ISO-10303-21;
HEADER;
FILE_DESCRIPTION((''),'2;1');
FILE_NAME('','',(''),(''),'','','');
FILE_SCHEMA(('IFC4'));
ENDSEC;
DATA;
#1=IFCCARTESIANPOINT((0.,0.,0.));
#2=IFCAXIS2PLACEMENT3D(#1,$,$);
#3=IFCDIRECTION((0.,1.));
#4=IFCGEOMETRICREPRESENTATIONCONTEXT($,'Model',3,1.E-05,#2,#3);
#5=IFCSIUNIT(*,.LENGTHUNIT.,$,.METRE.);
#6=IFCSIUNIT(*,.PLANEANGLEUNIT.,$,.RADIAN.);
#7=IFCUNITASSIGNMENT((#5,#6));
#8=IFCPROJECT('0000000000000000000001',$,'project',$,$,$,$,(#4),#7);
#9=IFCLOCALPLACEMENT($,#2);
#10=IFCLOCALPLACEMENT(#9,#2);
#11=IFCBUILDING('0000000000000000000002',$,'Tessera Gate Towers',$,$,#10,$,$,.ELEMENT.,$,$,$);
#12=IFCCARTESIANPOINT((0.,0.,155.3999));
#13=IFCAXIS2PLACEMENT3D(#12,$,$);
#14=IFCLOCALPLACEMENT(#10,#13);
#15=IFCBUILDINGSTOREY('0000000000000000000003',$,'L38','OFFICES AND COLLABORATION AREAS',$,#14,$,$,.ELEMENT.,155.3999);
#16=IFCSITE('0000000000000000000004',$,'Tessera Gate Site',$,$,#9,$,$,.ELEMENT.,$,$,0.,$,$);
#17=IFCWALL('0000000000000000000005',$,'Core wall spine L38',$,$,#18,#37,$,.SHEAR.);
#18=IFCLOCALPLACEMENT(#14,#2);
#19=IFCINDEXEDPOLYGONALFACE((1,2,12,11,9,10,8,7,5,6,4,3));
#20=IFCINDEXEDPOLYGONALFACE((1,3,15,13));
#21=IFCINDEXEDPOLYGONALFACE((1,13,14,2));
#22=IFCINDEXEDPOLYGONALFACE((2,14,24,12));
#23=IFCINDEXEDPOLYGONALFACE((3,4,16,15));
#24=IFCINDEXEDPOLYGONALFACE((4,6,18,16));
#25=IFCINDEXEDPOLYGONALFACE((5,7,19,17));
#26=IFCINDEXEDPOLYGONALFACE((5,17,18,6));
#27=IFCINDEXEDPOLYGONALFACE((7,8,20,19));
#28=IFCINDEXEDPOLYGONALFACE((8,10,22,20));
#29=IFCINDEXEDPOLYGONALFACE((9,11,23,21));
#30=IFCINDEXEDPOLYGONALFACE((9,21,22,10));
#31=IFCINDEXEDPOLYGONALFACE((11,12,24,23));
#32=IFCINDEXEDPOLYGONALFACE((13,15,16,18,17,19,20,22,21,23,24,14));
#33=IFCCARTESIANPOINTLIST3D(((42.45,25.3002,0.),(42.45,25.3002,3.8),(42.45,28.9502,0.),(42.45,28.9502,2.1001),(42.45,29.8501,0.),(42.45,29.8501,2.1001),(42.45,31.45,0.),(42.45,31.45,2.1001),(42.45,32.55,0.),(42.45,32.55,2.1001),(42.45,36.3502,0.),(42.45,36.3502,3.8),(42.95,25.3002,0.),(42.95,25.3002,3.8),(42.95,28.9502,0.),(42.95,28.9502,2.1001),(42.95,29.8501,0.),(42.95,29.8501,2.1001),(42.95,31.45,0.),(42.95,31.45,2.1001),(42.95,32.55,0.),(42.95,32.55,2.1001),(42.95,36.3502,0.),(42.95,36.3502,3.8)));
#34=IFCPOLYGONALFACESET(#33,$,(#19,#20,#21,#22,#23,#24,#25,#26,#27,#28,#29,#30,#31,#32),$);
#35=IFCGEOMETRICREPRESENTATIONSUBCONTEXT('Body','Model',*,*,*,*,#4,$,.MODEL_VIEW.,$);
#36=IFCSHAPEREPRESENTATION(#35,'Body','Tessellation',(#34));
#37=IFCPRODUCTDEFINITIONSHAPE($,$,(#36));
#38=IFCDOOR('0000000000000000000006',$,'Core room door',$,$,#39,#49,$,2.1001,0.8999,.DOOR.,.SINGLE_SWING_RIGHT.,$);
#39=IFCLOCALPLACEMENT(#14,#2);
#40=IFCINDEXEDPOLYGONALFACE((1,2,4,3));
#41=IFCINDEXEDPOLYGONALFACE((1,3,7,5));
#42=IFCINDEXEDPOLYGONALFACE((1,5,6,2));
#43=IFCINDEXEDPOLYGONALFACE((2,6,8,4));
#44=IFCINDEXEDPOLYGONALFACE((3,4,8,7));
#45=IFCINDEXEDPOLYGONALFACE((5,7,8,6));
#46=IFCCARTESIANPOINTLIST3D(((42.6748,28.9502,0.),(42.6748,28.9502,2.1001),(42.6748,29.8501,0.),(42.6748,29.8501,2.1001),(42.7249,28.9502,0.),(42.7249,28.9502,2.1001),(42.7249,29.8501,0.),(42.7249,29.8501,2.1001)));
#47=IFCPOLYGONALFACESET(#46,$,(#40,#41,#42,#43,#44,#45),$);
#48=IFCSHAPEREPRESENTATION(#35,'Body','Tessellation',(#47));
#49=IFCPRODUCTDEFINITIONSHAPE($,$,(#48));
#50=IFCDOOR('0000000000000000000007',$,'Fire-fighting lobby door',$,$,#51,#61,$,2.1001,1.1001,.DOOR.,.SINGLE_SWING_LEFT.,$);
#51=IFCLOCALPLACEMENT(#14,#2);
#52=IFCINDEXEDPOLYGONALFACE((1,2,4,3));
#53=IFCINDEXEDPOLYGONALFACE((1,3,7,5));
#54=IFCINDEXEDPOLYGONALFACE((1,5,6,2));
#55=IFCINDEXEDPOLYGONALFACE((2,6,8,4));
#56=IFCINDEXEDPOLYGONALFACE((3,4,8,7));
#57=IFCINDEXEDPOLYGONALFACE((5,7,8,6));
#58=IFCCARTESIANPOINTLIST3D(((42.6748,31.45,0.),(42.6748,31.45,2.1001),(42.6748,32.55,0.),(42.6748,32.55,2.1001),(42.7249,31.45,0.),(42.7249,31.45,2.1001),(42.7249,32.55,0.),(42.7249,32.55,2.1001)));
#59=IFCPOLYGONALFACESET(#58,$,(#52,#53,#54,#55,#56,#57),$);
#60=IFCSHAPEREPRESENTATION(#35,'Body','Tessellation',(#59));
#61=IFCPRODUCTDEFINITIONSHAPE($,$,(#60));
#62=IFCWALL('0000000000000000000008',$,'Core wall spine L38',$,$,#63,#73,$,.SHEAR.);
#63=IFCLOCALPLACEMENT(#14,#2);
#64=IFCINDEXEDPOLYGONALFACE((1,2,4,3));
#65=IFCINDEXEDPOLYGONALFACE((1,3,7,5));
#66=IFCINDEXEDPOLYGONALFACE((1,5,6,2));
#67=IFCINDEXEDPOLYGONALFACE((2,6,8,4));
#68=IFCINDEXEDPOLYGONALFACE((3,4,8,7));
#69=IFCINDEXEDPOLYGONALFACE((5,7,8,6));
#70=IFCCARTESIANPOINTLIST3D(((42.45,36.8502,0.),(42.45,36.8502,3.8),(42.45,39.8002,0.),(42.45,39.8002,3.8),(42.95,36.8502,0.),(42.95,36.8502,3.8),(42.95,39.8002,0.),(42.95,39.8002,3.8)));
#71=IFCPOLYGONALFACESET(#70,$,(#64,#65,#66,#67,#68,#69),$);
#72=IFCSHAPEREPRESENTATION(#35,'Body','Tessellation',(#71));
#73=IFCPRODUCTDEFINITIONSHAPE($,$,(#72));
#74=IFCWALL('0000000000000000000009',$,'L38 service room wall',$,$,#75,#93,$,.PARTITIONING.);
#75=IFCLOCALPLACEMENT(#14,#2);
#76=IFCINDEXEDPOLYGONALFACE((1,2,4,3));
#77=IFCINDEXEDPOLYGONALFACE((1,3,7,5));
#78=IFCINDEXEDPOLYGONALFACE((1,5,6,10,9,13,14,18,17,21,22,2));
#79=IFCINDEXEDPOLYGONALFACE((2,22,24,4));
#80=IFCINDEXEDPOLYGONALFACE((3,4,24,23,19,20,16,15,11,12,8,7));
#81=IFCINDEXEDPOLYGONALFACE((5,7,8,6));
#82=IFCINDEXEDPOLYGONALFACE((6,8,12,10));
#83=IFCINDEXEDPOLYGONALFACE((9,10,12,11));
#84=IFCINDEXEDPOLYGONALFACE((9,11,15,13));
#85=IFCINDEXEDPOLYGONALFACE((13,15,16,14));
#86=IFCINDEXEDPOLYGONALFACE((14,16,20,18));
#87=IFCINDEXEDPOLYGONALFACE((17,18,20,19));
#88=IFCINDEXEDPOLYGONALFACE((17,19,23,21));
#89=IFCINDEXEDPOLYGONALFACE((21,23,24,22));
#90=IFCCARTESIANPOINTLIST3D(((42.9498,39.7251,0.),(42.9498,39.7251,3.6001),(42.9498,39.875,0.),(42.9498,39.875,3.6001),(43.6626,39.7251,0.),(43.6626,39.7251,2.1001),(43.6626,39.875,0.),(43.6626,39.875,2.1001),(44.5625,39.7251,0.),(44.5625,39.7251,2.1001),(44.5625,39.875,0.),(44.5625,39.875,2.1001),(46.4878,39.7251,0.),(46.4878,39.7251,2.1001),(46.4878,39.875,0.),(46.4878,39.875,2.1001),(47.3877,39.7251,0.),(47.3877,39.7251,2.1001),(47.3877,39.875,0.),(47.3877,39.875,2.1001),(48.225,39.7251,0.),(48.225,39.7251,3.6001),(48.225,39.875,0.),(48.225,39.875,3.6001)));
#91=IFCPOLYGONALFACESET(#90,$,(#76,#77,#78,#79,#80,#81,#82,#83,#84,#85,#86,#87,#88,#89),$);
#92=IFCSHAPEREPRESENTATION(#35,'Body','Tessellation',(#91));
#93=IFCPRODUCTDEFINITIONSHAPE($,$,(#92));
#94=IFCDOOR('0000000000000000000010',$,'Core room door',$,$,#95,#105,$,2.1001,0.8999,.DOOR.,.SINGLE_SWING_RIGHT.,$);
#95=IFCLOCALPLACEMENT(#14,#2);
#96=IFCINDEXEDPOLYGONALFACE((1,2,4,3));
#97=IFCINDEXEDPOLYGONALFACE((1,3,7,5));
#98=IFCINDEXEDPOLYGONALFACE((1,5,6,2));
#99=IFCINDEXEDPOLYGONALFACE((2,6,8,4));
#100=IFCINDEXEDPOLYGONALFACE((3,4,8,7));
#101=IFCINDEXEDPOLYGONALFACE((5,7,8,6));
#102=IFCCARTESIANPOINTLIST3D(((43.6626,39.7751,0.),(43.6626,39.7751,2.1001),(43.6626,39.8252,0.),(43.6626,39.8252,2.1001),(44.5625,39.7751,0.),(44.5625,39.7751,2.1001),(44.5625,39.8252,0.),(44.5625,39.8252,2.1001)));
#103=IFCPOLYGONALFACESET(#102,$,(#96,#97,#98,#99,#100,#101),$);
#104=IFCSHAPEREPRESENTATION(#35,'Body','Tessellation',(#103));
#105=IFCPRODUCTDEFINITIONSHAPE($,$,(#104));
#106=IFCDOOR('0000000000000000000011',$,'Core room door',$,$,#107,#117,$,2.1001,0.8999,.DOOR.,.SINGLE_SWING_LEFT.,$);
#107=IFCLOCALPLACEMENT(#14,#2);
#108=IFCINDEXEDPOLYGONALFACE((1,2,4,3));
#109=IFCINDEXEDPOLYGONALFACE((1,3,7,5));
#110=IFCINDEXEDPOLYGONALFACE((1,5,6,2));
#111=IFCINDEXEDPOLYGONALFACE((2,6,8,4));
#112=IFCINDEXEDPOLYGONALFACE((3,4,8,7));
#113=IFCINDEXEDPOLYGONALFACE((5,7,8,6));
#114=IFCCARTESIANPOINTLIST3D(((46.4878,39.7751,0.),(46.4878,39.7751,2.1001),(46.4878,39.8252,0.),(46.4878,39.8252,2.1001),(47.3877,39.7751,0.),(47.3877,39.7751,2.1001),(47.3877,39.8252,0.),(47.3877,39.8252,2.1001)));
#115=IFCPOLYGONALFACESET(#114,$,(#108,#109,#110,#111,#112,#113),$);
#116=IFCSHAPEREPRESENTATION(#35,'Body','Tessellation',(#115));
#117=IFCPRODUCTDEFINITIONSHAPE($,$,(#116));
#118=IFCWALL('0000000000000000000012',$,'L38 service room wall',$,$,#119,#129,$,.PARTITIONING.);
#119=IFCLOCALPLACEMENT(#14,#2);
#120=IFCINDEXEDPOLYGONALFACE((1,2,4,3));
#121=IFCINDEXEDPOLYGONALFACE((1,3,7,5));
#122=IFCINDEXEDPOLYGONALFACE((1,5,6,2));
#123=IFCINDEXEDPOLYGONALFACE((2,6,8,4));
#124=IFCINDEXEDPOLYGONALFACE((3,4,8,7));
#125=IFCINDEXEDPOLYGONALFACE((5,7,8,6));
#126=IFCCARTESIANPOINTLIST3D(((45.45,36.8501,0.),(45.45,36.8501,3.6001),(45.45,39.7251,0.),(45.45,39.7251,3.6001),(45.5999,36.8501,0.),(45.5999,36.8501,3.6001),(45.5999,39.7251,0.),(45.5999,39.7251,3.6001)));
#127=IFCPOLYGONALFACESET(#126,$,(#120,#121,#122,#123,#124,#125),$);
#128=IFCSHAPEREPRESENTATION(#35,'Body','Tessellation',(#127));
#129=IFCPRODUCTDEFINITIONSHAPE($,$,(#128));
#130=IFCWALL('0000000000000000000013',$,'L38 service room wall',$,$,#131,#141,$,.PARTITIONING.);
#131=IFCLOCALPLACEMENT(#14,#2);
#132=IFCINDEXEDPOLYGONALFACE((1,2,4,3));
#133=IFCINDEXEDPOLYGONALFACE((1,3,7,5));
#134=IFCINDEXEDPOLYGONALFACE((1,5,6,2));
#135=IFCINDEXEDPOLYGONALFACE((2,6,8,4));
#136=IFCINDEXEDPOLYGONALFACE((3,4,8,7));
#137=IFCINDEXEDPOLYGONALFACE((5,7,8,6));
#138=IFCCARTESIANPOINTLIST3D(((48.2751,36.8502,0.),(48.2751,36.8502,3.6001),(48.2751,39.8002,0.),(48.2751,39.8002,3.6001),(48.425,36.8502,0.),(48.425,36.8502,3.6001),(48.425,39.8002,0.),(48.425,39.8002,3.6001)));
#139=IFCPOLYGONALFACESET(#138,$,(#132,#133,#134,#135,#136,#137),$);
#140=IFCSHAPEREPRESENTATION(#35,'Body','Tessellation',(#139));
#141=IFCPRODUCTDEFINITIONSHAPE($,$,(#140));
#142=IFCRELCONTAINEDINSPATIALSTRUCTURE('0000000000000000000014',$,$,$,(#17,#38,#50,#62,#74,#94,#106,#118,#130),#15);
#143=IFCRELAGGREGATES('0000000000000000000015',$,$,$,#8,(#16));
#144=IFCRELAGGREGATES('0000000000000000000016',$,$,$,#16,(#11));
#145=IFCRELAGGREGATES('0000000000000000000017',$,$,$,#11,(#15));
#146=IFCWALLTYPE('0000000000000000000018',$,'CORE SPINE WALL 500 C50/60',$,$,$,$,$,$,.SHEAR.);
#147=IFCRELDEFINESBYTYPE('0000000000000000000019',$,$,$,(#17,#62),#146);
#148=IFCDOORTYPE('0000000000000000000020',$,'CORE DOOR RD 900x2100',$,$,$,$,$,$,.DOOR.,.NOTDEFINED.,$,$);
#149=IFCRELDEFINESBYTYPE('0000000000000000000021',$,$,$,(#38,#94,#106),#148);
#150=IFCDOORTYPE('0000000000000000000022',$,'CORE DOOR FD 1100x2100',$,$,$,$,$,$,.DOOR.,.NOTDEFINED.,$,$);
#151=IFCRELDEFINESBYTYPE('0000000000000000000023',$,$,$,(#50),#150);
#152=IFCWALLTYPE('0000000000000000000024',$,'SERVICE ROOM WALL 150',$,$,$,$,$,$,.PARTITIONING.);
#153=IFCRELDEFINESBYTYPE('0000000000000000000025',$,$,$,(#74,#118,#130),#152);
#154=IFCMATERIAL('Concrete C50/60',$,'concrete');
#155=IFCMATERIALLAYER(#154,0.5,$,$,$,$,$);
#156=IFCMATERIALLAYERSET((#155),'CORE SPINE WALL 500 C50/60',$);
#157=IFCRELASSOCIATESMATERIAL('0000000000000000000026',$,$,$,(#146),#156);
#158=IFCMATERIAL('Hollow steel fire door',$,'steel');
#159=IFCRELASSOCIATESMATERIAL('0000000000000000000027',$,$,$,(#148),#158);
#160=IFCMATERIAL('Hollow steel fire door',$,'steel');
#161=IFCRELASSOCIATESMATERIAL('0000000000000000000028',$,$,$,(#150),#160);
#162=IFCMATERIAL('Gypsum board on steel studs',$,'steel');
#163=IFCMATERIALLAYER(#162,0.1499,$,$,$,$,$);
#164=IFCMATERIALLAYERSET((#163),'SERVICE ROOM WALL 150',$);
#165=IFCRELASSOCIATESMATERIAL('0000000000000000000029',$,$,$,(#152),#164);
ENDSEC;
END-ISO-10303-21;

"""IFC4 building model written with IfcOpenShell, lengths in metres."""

from ifc_helpers import new_model, si_unit, direction, frame, frame_2d, origin, place, context, subcontext, project, spatial, rectangle, extrude, source, transform, mapped, material, layer, layer_set, type_object, element, fill, save


model = new_model("IFC4")

# Units and contexts
model_context = context("Model", 3, precision=1e-05, world=origin(), true_north=direction((0.0, 1.0)))
body_context = subcontext(model_context, "Body", "Model", "MODEL_VIEW")
ifc_project = project(units=[si_unit("LENGTHUNIT", "METRE"), si_unit("PLANEANGLEUNIT", "RADIAN")], contexts=[model_context])

# Site, building, storey
site_placement = place(None, origin())
site = spatial("IfcSite", under=ifc_project, at=site_placement, Name="Tessera Gate Site", CompositionType="ELEMENT", RefElevation=0.0)
building_placement = place(site_placement, origin())
building = spatial("IfcBuilding", under=site, at=building_placement, Name="Tessera Gate Towers", CompositionType="ELEMENT")
storey_placement = place(building_placement, frame((0.0, 0.0, 155.3999)))
storey = spatial("IfcBuildingStorey", under=building, at=storey_placement, Name="L38", Description="OFFICES AND COLLABORATION AREAS", CompositionType="ELEMENT", Elevation=155.3999)

# Wall, openings, doors
ifc_material_1 = material(Name="Concrete C50/60", Category="concrete")
ifc_layer_1 = layer(ifc_material_1, 0.5)
ifc_layer_set_1 = layer_set([ifc_layer_1], Name="CORE SPINE WALL 500 C50/60")
wall_type_1 = type_object("IfcWallType", Name="CORE SPINE WALL 500 C50/60", PredefinedType="SHEAR", material=ifc_layer_set_1)
wall_1_placement = place(storey_placement, frame((42.7, 36.3501, 0.0), z_axis=(0.0, 0.0, 1.0), x_axis=(0.0, -1.0, 0.0)))
wall_1 = element("IfcWall", 1, at=wall_1_placement, inside=storey, type_object=wall_type_1, Name="Core wall spine L38", PredefinedType="SHEAR", context=body_context, shape_type="SweptSolid", body=[
    extrude(rectangle(XDim=11.05, YDim=0.5, at=frame_2d((5.5249, 0.0))), origin(), (0.0, 0.0, 1.0), 3.8),
])
shared_shape_1 = source(origin(), body_context, "Body", "SweptSolid", [
    extrude(rectangle(XDim=0.8999, YDim=2.1001, at=frame_2d((0.45, 1.05))), frame((0.0, 0.26, 0.0), z_axis=(0.0, -1.0, 0.0), x_axis=(1.0, 0.0, 0.0)), (0.0, 0.0, 1.0), 0.52),
])
opening_1_placement = place(wall_1_placement, frame((6.5, 0.0, 0.0)))
opening_1 = element("IfcOpeningElement", 2, at=opening_1_placement, cuts=wall_1, PredefinedType="OPENING", context=body_context, shape_type="MappedRepresentation", body=[
    mapped(shared_shape_1, transform((0.0, 0.0, 0.0), scale=1.0)),
])
shared_shape_2 = source(origin(), body_context, "Body", "SweptSolid", [
    extrude(rectangle(XDim=1.1001, YDim=2.1001, at=frame_2d((0.55, 1.05))), frame((0.0, 0.26, 0.0), z_axis=(0.0, -1.0, 0.0), x_axis=(1.0, 0.0, 0.0)), (0.0, 0.0, 1.0), 0.52),
])
opening_2_placement = place(wall_1_placement, frame((3.8, 0.0, 0.0)))
opening_2 = element("IfcOpeningElement", 3, at=opening_2_placement, cuts=wall_1, PredefinedType="OPENING", context=body_context, shape_type="MappedRepresentation", body=[
    mapped(shared_shape_2, transform((0.0, 0.0, 0.0), scale=1.0)),
])
ifc_material_2 = material(Name="Hollow steel fire door", Category="steel")
door_type_1 = type_object("IfcDoorType", Name="CORE DOOR RD 900x2100", OperationType="NOTDEFINED", PredefinedType="DOOR", material=ifc_material_2)
shared_shape_3 = source(origin(), body_context, "Body", "SweptSolid", [
    extrude(rectangle(XDim=0.8999, YDim=2.1001, at=frame_2d((0.45, 1.05))), frame((0.0, 0.0249, 0.0), z_axis=(0.0, -1.0, 0.0), x_axis=(1.0, 0.0, 0.0)), (0.0, 0.0, 1.0), 0.05),
])
door_1_placement = place(opening_1_placement, origin())
door_1 = element("IfcDoor", 4, at=door_1_placement, inside=storey, type_object=door_type_1, Name="Core room door", OperationType="SINGLE_SWING_RIGHT", OverallHeight=2.1001, OverallWidth=0.8999, PredefinedType="DOOR", context=body_context, shape_type="MappedRepresentation", body=[
    mapped(shared_shape_3, transform((0.0, 0.0, 0.0), scale=1.0)),
])
fill(opening_1, door_1)
ifc_material_3 = material(Name="Hollow steel fire door", Category="steel")
door_type_2 = type_object("IfcDoorType", Name="CORE DOOR FD 1100x2100", OperationType="NOTDEFINED", PredefinedType="DOOR", material=ifc_material_3)
shared_shape_4 = source(origin(), body_context, "Body", "SweptSolid", [
    extrude(rectangle(XDim=1.1001, YDim=2.1001, at=frame_2d((0.55, 1.05))), frame((0.0, 0.0249, 0.0), z_axis=(0.0, -1.0, 0.0), x_axis=(1.0, 0.0, 0.0)), (0.0, 0.0, 1.0), 0.05),
])
door_2_placement = place(opening_2_placement, origin())
door_2 = element("IfcDoor", 5, at=door_2_placement, inside=storey, type_object=door_type_2, Name="Fire-fighting lobby door", OperationType="SINGLE_SWING_LEFT", OverallHeight=2.1001, OverallWidth=1.1001, PredefinedType="DOOR", context=body_context, shape_type="MappedRepresentation", body=[
    mapped(shared_shape_4, transform((0.0, 0.0, 0.0), scale=1.0)),
])
fill(opening_2, door_2)

# Wall
wall_2_placement = place(storey_placement, frame((42.7, 36.8501, 0.0), z_axis=(0.0, 0.0, 1.0), x_axis=(0.0, 1.0, 0.0)))
element("IfcWall", 6, at=wall_2_placement, inside=storey, type_object=wall_type_1, Name="Core wall spine L38", PredefinedType="SHEAR", context=body_context, shape_type="SweptSolid", body=[
    extrude(rectangle(XDim=2.95, YDim=0.5, at=frame_2d((1.4751, 0.0))), origin(), (0.0, 0.0, 1.0), 3.8),
])

# Wall, openings, doors
ifc_material_4 = material(Name="Gypsum board on steel studs", Category="steel")
ifc_layer_2 = layer(ifc_material_4, 0.1499)
ifc_layer_set_2 = layer_set([ifc_layer_2], Name="SERVICE ROOM WALL 150")
wall_type_2 = type_object("IfcWallType", Name="SERVICE ROOM WALL 150", PredefinedType="PARTITIONING", material=ifc_layer_set_2)
wall_3_placement = place(storey_placement, frame((48.2251, 39.8, 0.0), z_axis=(0.0, 0.0, 1.0), x_axis=(-1.0, 0.0, 0.0)))
wall_3 = element("IfcWall", 7, at=wall_3_placement, inside=storey, type_object=wall_type_2, Name="L38 service room wall", PredefinedType="PARTITIONING", context=body_context, shape_type="SweptSolid", body=[
    extrude(rectangle(XDim=5.2751, YDim=0.1499, at=frame_2d((2.6377, 0.0))), origin(), (0.0, 0.0, 1.0), 3.6001),
])
shared_shape_5 = source(origin(), body_context, "Body", "SweptSolid", [
    extrude(rectangle(XDim=0.8999, YDim=2.1001, at=frame_2d((0.45, 1.05))), frame((0.0, 0.085, 0.0), z_axis=(0.0, -1.0, 0.0), x_axis=(1.0, 0.0, 0.0)), (0.0, 0.0, 1.0), 0.1699),
])
opening_3_placement = place(wall_3_placement, frame((3.6626, 0.0, 0.0)))
opening_3 = element("IfcOpeningElement", 8, at=opening_3_placement, cuts=wall_3, PredefinedType="OPENING", context=body_context, shape_type="MappedRepresentation", body=[
    mapped(shared_shape_5, transform((0.0, 0.0, 0.0), scale=1.0)),
])
opening_4_placement = place(wall_3_placement, frame((0.8374, 0.0, 0.0)))
opening_4 = element("IfcOpeningElement", 9, at=opening_4_placement, cuts=wall_3, PredefinedType="OPENING", context=body_context, shape_type="MappedRepresentation", body=[
    mapped(shared_shape_5, transform((0.0, 0.0, 0.0), scale=1.0)),
])
door_3_placement = place(opening_3_placement, origin())
door_3 = element("IfcDoor", 10, at=door_3_placement, inside=storey, type_object=door_type_1, Name="Core room door", OperationType="SINGLE_SWING_RIGHT", OverallHeight=2.1001, OverallWidth=0.8999, PredefinedType="DOOR", context=body_context, shape_type="MappedRepresentation", body=[
    mapped(shared_shape_3, transform((0.0, 0.0, 0.0), scale=1.0)),
])
fill(opening_3, door_3)
door_4_placement = place(opening_4_placement, origin())
door_4 = element("IfcDoor", 11, at=door_4_placement, inside=storey, type_object=door_type_1, Name="Core room door", OperationType="SINGLE_SWING_LEFT", OverallHeight=2.1001, OverallWidth=0.8999, PredefinedType="DOOR", context=body_context, shape_type="MappedRepresentation", body=[
    mapped(shared_shape_3, transform((0.0, 0.0, 0.0), scale=1.0)),
])
fill(opening_4, door_4)

# Walls
wall_4_placement = place(storey_placement, frame((45.5249, 36.8501, 0.0), z_axis=(0.0, 0.0, 1.0), x_axis=(0.0, 1.0, 0.0)))
element("IfcWall", 12, at=wall_4_placement, inside=storey, type_object=wall_type_2, Name="L38 service room wall", PredefinedType="PARTITIONING", context=body_context, shape_type="SweptSolid", body=[
    extrude(rectangle(XDim=2.875, YDim=0.1499, at=frame_2d((1.4375, 0.0))), origin(), (0.0, 0.0, 1.0), 3.6001),
])
wall_5_placement = place(storey_placement, frame((48.3501, 36.8501, 0.0), z_axis=(0.0, 0.0, 1.0), x_axis=(0.0, 1.0, 0.0)))
element("IfcWall", 13, at=wall_5_placement, inside=storey, type_object=wall_type_2, Name="L38 service room wall", PredefinedType="PARTITIONING", context=body_context, shape_type="SweptSolid", body=[
    extrude(rectangle(XDim=2.95, YDim=0.1499, at=frame_2d((1.4751, 0.0))), origin(), (0.0, 0.0, 1.0), 3.6001),
])

save(model, "model.ifc")
